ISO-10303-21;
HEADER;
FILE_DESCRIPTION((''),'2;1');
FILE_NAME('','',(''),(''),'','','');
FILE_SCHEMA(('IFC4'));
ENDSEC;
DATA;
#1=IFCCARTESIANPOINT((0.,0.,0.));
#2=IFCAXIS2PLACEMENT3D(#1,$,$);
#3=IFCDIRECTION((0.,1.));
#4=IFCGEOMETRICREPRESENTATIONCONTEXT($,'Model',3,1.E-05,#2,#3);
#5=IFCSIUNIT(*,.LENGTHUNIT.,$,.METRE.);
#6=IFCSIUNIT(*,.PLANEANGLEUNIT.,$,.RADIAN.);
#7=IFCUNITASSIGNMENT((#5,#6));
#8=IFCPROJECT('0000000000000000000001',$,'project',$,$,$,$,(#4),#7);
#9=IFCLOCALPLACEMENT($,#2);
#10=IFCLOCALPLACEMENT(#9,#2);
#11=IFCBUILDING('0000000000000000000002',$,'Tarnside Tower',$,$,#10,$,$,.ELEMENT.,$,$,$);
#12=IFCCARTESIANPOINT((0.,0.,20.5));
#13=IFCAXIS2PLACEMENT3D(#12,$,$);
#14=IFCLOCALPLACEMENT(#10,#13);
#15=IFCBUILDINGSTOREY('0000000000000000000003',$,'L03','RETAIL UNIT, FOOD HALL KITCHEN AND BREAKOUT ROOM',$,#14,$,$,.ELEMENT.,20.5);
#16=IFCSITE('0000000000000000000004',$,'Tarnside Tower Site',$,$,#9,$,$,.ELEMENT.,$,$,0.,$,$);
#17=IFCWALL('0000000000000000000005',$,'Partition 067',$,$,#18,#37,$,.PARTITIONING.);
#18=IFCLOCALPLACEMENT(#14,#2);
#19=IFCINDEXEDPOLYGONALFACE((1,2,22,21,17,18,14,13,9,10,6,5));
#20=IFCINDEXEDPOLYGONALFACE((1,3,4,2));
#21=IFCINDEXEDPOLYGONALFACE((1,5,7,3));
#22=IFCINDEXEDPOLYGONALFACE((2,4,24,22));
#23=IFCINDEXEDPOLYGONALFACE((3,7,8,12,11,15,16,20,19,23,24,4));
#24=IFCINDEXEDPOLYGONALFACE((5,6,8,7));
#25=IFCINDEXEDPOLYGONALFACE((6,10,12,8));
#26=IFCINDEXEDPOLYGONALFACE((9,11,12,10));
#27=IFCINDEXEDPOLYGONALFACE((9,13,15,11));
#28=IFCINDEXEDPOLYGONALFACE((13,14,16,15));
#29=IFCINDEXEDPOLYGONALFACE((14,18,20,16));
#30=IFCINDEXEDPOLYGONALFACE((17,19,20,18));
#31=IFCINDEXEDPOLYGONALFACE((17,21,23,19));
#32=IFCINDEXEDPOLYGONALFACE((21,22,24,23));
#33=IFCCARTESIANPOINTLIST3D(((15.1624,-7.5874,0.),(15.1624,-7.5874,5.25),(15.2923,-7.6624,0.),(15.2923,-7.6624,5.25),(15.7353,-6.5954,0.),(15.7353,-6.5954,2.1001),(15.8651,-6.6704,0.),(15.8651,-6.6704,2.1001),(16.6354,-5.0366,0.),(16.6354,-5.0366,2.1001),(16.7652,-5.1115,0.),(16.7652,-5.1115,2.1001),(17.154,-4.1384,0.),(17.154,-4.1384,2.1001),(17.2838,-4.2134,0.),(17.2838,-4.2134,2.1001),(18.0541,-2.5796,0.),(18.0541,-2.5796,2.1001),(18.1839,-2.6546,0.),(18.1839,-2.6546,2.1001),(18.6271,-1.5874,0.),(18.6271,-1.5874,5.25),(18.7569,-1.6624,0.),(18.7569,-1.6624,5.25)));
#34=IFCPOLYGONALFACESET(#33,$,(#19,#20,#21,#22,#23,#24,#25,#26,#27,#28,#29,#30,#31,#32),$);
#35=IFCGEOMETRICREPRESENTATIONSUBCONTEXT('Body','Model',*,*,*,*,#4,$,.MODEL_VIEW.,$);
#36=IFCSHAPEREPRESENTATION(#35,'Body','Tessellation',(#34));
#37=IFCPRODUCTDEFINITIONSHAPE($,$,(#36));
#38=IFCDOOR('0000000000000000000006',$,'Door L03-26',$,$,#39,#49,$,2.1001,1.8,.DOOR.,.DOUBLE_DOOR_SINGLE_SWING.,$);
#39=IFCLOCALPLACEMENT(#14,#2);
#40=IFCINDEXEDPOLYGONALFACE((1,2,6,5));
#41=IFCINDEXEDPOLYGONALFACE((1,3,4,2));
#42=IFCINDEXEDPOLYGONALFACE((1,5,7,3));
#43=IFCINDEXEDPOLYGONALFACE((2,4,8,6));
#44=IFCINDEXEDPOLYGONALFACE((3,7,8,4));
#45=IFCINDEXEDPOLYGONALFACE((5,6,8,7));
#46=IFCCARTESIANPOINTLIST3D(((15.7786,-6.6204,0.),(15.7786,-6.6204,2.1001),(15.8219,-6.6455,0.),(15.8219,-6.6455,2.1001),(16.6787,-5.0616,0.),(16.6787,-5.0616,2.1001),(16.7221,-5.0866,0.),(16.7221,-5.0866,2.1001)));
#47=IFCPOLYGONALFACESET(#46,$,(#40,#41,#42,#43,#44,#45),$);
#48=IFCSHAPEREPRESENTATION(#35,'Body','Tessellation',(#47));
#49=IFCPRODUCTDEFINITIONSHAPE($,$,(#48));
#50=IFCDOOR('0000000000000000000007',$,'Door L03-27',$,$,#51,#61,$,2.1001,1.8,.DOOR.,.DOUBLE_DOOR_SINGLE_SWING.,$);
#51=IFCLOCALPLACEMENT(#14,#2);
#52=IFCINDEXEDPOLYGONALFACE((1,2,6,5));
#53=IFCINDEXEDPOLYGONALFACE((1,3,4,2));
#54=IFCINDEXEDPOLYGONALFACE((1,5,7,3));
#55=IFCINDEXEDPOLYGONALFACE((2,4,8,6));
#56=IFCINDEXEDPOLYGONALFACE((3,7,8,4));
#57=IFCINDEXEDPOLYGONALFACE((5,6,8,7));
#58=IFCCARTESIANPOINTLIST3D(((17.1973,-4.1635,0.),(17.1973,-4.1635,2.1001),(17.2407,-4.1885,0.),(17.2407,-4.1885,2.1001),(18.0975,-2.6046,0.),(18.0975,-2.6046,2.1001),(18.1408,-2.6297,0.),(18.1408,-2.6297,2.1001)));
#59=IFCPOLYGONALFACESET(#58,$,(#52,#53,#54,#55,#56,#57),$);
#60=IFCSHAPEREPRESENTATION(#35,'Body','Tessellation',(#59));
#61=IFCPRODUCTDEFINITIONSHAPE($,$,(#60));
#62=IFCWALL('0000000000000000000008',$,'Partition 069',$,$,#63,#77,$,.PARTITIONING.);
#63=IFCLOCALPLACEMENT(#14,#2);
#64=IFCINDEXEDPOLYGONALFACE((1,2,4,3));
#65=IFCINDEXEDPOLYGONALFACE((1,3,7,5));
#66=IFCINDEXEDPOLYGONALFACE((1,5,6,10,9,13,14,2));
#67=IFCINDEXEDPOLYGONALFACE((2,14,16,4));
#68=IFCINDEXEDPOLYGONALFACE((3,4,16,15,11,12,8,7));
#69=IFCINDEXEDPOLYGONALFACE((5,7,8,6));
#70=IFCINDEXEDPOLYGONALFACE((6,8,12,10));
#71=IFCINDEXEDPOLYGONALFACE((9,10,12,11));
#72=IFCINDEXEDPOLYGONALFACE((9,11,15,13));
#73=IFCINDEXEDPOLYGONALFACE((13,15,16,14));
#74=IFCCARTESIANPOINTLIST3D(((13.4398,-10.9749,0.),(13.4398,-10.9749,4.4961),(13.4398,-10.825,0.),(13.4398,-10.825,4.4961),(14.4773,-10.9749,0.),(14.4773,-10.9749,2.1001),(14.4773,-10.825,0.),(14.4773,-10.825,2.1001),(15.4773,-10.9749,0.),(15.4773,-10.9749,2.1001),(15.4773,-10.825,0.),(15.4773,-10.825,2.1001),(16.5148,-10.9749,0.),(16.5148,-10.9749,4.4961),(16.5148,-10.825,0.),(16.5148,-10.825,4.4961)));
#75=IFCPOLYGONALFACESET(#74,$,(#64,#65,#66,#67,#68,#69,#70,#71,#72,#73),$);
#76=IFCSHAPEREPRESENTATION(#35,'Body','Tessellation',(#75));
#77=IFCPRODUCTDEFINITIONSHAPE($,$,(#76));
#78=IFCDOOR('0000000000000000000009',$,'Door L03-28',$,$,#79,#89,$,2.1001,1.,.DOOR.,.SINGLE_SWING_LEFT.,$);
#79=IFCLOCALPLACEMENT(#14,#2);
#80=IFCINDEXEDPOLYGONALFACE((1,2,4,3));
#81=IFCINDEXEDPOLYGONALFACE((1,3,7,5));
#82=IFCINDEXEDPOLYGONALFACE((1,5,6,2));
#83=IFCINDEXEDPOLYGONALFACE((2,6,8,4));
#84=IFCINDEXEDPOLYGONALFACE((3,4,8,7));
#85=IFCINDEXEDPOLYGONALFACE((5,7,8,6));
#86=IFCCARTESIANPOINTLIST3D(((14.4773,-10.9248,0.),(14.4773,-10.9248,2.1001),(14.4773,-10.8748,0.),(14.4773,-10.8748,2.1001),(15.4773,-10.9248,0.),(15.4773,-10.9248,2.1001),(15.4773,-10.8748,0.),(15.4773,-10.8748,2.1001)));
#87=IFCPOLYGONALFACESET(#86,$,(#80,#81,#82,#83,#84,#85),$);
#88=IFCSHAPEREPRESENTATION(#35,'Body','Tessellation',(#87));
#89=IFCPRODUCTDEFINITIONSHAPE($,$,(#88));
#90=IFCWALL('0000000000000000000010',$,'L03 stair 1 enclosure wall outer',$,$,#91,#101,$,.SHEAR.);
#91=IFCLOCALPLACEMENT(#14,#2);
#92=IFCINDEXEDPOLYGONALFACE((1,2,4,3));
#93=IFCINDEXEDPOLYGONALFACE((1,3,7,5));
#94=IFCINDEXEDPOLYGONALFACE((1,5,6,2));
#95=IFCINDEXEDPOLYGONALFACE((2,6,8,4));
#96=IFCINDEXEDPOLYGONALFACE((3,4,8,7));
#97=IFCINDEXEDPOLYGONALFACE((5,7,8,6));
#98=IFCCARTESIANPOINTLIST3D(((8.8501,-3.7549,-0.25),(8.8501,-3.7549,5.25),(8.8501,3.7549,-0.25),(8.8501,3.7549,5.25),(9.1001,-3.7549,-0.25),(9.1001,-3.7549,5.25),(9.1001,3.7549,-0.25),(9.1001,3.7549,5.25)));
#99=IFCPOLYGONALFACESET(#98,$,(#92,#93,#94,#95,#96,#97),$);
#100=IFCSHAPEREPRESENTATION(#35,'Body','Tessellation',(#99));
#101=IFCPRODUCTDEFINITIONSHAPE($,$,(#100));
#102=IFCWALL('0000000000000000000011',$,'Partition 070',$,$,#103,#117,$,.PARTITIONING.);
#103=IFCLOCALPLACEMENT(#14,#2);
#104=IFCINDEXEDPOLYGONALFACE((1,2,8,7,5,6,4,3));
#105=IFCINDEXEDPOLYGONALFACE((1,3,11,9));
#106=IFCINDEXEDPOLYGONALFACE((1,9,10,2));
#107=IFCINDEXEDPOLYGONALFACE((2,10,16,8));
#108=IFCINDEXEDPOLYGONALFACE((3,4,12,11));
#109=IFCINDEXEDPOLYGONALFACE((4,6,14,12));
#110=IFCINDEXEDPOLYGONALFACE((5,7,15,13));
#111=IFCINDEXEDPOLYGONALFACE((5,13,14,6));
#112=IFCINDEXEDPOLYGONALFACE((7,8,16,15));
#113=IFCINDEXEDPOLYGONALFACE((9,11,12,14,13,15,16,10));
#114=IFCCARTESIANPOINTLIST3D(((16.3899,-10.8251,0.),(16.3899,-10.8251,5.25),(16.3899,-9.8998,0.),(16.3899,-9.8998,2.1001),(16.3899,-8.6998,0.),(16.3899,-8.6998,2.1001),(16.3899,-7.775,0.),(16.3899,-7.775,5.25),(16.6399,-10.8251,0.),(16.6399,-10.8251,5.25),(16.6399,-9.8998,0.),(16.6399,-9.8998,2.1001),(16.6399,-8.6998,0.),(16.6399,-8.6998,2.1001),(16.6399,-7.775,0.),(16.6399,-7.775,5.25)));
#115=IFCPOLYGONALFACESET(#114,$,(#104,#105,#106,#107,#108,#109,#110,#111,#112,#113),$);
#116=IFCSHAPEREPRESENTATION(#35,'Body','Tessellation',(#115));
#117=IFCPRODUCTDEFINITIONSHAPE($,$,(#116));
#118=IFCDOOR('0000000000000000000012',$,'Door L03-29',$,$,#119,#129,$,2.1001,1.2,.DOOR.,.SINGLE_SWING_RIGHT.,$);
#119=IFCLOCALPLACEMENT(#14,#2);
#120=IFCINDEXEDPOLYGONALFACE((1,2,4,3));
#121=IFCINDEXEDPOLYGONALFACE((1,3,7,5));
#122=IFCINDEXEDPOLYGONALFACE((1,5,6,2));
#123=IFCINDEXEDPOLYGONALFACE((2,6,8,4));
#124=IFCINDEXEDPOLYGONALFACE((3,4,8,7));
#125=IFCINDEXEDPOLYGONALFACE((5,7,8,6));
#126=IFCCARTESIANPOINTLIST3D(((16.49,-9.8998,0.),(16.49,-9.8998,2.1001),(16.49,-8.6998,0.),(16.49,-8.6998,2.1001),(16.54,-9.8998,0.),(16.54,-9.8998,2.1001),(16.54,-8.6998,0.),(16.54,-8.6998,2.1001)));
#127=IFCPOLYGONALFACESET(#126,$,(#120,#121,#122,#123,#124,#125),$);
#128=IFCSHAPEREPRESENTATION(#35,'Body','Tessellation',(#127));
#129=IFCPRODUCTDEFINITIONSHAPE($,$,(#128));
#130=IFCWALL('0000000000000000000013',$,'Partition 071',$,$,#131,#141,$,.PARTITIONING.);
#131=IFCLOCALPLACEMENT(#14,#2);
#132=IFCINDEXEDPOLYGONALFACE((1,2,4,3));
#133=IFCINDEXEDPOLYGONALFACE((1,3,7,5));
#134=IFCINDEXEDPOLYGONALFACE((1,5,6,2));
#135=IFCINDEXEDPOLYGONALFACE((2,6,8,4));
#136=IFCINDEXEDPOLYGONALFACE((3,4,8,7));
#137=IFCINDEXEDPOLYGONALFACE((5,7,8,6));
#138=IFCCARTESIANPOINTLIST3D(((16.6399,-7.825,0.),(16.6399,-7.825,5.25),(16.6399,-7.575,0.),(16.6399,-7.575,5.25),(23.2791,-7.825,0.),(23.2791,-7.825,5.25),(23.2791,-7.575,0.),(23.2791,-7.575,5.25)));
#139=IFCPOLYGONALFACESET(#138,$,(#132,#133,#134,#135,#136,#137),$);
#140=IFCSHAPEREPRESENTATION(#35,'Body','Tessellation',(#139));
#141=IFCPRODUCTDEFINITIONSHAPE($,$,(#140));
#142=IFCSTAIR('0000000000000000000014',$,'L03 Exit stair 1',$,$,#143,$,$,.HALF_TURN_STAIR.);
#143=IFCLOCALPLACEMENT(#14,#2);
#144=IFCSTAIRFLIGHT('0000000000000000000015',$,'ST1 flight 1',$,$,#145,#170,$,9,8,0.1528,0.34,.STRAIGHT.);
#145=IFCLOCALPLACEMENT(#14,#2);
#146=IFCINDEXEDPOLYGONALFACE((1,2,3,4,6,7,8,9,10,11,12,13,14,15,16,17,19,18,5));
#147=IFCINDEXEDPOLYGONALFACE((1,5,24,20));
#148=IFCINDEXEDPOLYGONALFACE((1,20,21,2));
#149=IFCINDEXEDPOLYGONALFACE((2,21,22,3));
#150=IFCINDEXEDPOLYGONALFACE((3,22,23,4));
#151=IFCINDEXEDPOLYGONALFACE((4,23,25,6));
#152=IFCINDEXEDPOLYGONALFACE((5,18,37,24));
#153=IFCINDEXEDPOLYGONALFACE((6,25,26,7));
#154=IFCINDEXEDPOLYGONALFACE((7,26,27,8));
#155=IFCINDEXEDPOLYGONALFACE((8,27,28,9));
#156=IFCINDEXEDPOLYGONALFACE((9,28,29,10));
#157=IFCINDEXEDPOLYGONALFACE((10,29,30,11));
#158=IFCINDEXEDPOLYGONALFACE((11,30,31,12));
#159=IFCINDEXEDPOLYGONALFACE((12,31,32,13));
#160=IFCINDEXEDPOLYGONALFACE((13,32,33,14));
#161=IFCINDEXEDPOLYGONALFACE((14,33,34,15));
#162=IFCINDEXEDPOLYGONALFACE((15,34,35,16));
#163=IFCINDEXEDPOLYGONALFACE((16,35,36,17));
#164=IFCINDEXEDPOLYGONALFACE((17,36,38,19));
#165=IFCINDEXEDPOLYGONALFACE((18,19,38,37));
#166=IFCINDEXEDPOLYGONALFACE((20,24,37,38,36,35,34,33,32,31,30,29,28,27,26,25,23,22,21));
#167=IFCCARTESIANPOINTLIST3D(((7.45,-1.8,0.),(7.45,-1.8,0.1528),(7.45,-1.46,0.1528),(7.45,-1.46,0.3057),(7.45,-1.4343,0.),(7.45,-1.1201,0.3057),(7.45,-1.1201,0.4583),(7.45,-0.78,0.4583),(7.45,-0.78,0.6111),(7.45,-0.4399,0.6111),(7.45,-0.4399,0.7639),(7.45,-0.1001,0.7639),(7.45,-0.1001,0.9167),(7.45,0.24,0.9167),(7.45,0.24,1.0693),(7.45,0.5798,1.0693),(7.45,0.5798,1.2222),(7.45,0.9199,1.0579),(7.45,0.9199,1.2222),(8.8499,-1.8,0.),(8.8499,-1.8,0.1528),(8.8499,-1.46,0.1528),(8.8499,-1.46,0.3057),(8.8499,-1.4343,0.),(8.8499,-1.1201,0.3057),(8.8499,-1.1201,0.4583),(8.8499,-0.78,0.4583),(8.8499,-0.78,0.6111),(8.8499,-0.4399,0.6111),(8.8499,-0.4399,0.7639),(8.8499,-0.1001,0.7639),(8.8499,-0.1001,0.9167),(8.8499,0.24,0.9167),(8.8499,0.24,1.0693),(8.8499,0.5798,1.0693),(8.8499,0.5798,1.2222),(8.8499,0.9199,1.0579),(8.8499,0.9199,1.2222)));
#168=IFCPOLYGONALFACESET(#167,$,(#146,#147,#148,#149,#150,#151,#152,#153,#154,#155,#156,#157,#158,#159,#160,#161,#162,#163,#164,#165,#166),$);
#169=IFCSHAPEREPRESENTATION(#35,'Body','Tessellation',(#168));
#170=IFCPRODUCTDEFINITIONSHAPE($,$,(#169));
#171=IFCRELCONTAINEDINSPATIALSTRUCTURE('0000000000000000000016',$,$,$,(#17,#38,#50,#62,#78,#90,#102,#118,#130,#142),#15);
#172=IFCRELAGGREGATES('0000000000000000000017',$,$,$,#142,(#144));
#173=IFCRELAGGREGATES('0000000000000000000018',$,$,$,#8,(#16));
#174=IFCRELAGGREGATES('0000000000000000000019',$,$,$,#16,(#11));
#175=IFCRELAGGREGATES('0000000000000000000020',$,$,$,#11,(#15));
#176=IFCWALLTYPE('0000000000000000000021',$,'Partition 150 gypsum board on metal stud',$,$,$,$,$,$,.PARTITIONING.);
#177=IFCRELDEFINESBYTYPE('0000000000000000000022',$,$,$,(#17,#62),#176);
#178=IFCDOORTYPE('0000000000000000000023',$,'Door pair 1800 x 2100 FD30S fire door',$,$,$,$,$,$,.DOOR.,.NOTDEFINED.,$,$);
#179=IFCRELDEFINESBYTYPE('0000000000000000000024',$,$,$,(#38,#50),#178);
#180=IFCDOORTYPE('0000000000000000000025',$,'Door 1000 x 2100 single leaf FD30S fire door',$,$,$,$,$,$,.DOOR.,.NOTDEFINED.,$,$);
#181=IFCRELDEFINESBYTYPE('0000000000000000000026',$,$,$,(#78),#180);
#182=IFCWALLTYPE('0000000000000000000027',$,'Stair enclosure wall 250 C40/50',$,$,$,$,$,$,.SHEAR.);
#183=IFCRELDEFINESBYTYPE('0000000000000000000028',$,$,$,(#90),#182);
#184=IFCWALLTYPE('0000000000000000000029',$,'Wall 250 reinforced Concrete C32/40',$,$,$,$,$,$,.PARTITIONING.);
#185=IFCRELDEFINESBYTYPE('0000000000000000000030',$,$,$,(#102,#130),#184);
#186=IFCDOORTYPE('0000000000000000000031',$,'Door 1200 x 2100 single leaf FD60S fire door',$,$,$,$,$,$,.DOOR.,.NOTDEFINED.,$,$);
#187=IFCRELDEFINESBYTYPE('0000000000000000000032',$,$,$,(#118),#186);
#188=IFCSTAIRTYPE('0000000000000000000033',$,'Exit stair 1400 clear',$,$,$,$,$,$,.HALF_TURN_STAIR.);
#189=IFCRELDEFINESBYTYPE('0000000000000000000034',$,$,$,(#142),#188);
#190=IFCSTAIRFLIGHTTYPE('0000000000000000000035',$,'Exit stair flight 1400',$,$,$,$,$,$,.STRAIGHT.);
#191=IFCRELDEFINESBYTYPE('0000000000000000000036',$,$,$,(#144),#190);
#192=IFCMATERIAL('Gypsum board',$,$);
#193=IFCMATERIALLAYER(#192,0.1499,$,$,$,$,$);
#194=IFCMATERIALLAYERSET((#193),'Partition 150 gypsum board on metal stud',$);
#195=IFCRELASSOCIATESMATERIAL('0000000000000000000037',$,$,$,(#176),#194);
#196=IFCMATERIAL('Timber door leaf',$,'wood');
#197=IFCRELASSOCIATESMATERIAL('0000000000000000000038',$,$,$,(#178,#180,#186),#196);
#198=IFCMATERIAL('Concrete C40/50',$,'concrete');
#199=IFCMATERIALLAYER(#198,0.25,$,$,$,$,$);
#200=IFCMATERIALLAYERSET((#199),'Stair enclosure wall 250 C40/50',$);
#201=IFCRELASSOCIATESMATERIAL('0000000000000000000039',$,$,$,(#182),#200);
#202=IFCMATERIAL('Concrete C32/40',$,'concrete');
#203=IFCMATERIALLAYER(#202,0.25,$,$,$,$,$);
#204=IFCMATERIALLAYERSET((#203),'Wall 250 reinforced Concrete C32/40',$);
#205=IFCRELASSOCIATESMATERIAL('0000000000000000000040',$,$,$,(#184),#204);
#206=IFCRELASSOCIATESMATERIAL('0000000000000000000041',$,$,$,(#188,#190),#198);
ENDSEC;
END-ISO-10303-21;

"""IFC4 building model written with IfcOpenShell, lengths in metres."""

from ifc_helpers import new_model, si_unit, direction, frame, frame_2d, origin, place, context, subcontext, project, spatial, polyline, rectangle, outline, extrude, material, layer, layer_set, type_object, element, fill, aggregate, save


model = new_model("IFC4")

# Units and contexts
model_context = context("Model", 3, precision=1e-05, world=origin(), true_north=direction((0.0, 1.0)))
body_context = subcontext(model_context, "Body", "Model", "MODEL_VIEW")
ifc_project = project(units=[si_unit("LENGTHUNIT", "METRE"), si_unit("PLANEANGLEUNIT", "RADIAN")], contexts=[model_context])

# Site, building, storey
site_placement = place(None, origin())
site = spatial("IfcSite", under=ifc_project, at=site_placement, Name="Tarnside Tower Site", CompositionType="ELEMENT", RefElevation=0.0)
building_placement = place(site_placement, origin())
building = spatial("IfcBuilding", under=site, at=building_placement, Name="Tarnside Tower", CompositionType="ELEMENT")
storey_placement = place(building_placement, frame((0.0, 0.0, 20.5)))
storey = spatial("IfcBuildingStorey", under=building, at=storey_placement, Name="L03", Description="RETAIL UNIT, FOOD HALL KITCHEN AND BREAKOUT ROOM", CompositionType="ELEMENT", Elevation=20.5)

# Shared definitions
ifc_material_1 = material(Name="Gypsum board")
ifc_layer_1 = layer(ifc_material_1, 0.1499)
ifc_layer_set_1 = layer_set([ifc_layer_1], Name="Partition 150 gypsum board on metal stud")
wall_type_1 = type_object("IfcWallType", Name="Partition 150 gypsum board on metal stud", PredefinedType="PARTITIONING", material=ifc_layer_set_1)

# Shared definitions
ifc_material_2 = material(Name="Timber door leaf", Category="wood")
door_type_1 = type_object("IfcDoorType", Name="Door pair 1800 x 2100 FD30S fire door", OperationType="NOTDEFINED", PredefinedType="DOOR", material=ifc_material_2)

# Wall, openings, doors
wall_1_placement = place(storey_placement, frame((15.2273, -7.625, 0.0), z_axis=(0.0, 0.0, 1.0), x_axis=(0.500054, 0.865994, 0.0)))
wall_1 = element("IfcWall", 1, at=wall_1_placement, inside=storey, type_object=wall_type_1, Name="Partition 067", PredefinedType="PARTITIONING", context=body_context, shape_type="SweptSolid", body=[
    extrude(rectangle(XDim=6.9285, YDim=0.1499, at=frame_2d((3.4644, 0.0))), origin(), (0.0, 0.0, 1.0), 5.25),
])
opening_1_placement = place(wall_1_placement, frame((1.1458, 0.0, 0.0)))
opening_1 = element("IfcOpeningElement", 2, at=opening_1_placement, cuts=wall_1, PredefinedType="OPENING", context=body_context, shape_type="SweptSolid", body=[
    extrude(rectangle(XDim=1.8, YDim=2.1001, at=frame_2d((0.8999, 1.05))), frame((0.0, 0.085, 0.0), z_axis=(0.0, -1.0, 0.0), x_axis=(1.0, 0.0, 0.0)), (0.0, 0.0, 1.0), 0.1699),
])
opening_2_placement = place(wall_1_placement, frame((3.9829, 0.0, 0.0)))
opening_2 = element("IfcOpeningElement", 3, at=opening_2_placement, cuts=wall_1, PredefinedType="OPENING", context=body_context, shape_type="SweptSolid", body=[
    extrude(rectangle(XDim=1.8, YDim=2.1001, at=frame_2d((0.8999, 1.05))), frame((0.0, 0.085, 0.0), z_axis=(0.0, -1.0, 0.0), x_axis=(1.0, 0.0, 0.0)), (0.0, 0.0, 1.0), 0.1699),
])
door_1_placement = place(opening_1_placement, origin())
door_1 = element("IfcDoor", 4, at=door_1_placement, inside=storey, type_object=door_type_1, Name="Door L03-26", OperationType="DOUBLE_DOOR_SINGLE_SWING", OverallHeight=2.1001, OverallWidth=1.8, PredefinedType="DOOR", context=body_context, shape_type="SweptSolid", body=[
    extrude(rectangle(XDim=1.8, YDim=2.1001, at=frame_2d((0.8999, 1.05))), frame((0.0, 0.0249, 0.0), z_axis=(0.0, -1.0, 0.0), x_axis=(1.0, 0.0, 0.0)), (0.0, 0.0, 1.0), 0.05),
])
fill(opening_1, door_1)
door_2_placement = place(opening_2_placement, origin())
door_2 = element("IfcDoor", 5, at=door_2_placement, inside=storey, type_object=door_type_1, Name="Door L03-27", OperationType="DOUBLE_DOOR_SINGLE_SWING", OverallHeight=2.1001, OverallWidth=1.8, PredefinedType="DOOR", context=body_context, shape_type="SweptSolid", body=[
    extrude(rectangle(XDim=1.8, YDim=2.1001, at=frame_2d((0.8999, 1.05))), frame((0.0, 0.0249, 0.0), z_axis=(0.0, -1.0, 0.0), x_axis=(1.0, 0.0, 0.0)), (0.0, 0.0, 1.0), 0.05),
])
fill(opening_2, door_2)

# Wall, opening, door
wall_2_placement = place(storey_placement, frame((16.5149, -10.8999, 0.0), z_axis=(0.0, 0.0, 1.0), x_axis=(-1.0, 0.0, 0.0)))
wall_2 = element("IfcWall", 6, at=wall_2_placement, inside=storey, type_object=wall_type_1, Name="Partition 069", PredefinedType="PARTITIONING", context=body_context, shape_type="SweptSolid", body=[
    extrude(rectangle(XDim=3.075, YDim=0.1499, at=frame_2d((1.5376, 0.0))), origin(), (0.0, 0.0, 1.0), 4.4961),
])
opening_3_placement = place(wall_2_placement, frame((1.0376, 0.0, 0.0)))
opening_3 = element("IfcOpeningElement", 7, at=opening_3_placement, cuts=wall_2, PredefinedType="OPENING", context=body_context, shape_type="SweptSolid", body=[
    extrude(rectangle(XDim=1.0, YDim=2.1001, at=frame_2d((0.5, 1.05))), frame((0.0, 0.085, 0.0), z_axis=(0.0, -1.0, 0.0), x_axis=(1.0, 0.0, 0.0)), (0.0, 0.0, 1.0), 0.1699),
])
door_type_2 = type_object("IfcDoorType", Name="Door 1000 x 2100 single leaf FD30S fire door", OperationType="NOTDEFINED", PredefinedType="DOOR", material=ifc_material_2)
door_3_placement = place(opening_3_placement, origin())
door_3 = element("IfcDoor", 8, at=door_3_placement, inside=storey, type_object=door_type_2, Name="Door L03-28", OperationType="SINGLE_SWING_LEFT", OverallHeight=2.1001, OverallWidth=1.0, PredefinedType="DOOR", context=body_context, shape_type="SweptSolid", body=[
    extrude(rectangle(XDim=1.0, YDim=2.1001, at=frame_2d((0.5, 1.05))), frame((0.0, 0.0249, 0.0), z_axis=(0.0, -1.0, 0.0), x_axis=(1.0, 0.0, 0.0)), (0.0, 0.0, 1.0), 0.05),
])
fill(opening_3, door_3)

# Wall
ifc_material_3 = material(Name="Concrete C40/50", Category="concrete")
ifc_layer_2 = layer(ifc_material_3, 0.25)
ifc_layer_set_2 = layer_set([ifc_layer_2], Name="Stair enclosure wall 250 C40/50")
wall_type_2 = type_object("IfcWallType", Name="Stair enclosure wall 250 C40/50", PredefinedType="SHEAR", material=ifc_layer_set_2)
wall_3_placement = place(storey_placement, frame((8.9751, -3.7549, -0.25), z_axis=(0.0, 0.0, 1.0), x_axis=(0.0, 1.0, 0.0)))
element("IfcWall", 9, at=wall_3_placement, inside=storey, type_object=wall_type_2, Name="L03 stair 1 enclosure wall outer", PredefinedType="SHEAR", context=body_context, shape_type="SweptSolid", body=[
    extrude(rectangle(XDim=7.5098, YDim=0.25, at=frame_2d((3.7549, 0.0))), origin(), (0.0, 0.0, 1.0), 5.5),
])

# Wall, opening, door
ifc_material_4 = material(Name="Concrete C32/40", Category="concrete")
ifc_layer_3 = layer(ifc_material_4, 0.25)
ifc_layer_set_3 = layer_set([ifc_layer_3], Name="Wall 250 reinforced Concrete C32/40")
wall_type_3 = type_object("IfcWallType", Name="Wall 250 reinforced Concrete C32/40", PredefinedType="PARTITIONING", material=ifc_layer_set_3)
wall_4_placement = place(storey_placement, frame((16.5149, -10.825, 0.0), z_axis=(0.0, 0.0, 1.0), x_axis=(0.0, 1.0, 0.0)))
wall_4 = element("IfcWall", 10, at=wall_4_placement, inside=storey, type_object=wall_type_3, Name="Partition 070", PredefinedType="PARTITIONING", context=body_context, shape_type="SweptSolid", body=[
    extrude(rectangle(XDim=3.05, YDim=0.25, at=frame_2d((1.5249, 0.0))), origin(), (0.0, 0.0, 1.0), 5.25),
])
opening_4_placement = place(wall_4_placement, frame((0.925, 0.0, 0.0)))
opening_4 = element("IfcOpeningElement", 11, at=opening_4_placement, cuts=wall_4, PredefinedType="OPENING", context=body_context, shape_type="SweptSolid", body=[
    extrude(rectangle(XDim=1.2, YDim=2.1001, at=frame_2d((0.6001, 1.05))), frame((0.0, 0.135, 0.0), z_axis=(0.0, -1.0, 0.0), x_axis=(1.0, 0.0, 0.0)), (0.0, 0.0, 1.0), 0.27),
])
door_type_3 = type_object("IfcDoorType", Name="Door 1200 x 2100 single leaf FD60S fire door", OperationType="NOTDEFINED", PredefinedType="DOOR", material=ifc_material_2)
door_4_placement = place(opening_4_placement, origin())
door_4 = element("IfcDoor", 12, at=door_4_placement, inside=storey, type_object=door_type_3, Name="Door L03-29", OperationType="SINGLE_SWING_RIGHT", OverallHeight=2.1001, OverallWidth=1.2, PredefinedType="DOOR", context=body_context, shape_type="SweptSolid", body=[
    extrude(rectangle(XDim=1.2, YDim=2.1001, at=frame_2d((0.6001, 1.05))), frame((0.0, 0.0249, 0.0), z_axis=(0.0, -1.0, 0.0), x_axis=(1.0, 0.0, 0.0)), (0.0, 0.0, 1.0), 0.05),
])
fill(opening_4, door_4)

# Wall
wall_5_placement = place(storey_placement, frame((16.6399, -7.7, 0.0), z_axis=(0.0, 0.0, 1.0), x_axis=(1.0, 0.0, 0.0)))
element("IfcWall", 13, at=wall_5_placement, inside=storey, type_object=wall_type_3, Name="Partition 071", PredefinedType="PARTITIONING", context=body_context, shape_type="SweptSolid", body=[
    extrude(rectangle(XDim=6.6392, YDim=0.25, at=frame_2d((3.3196, 0.0))), origin(), (0.0, 0.0, 1.0), 5.25),
])

# Stair, stair flight
stair_type = type_object("IfcStairType", Name="Exit stair 1400 clear", PredefinedType="HALF_TURN_STAIR", material=ifc_material_3)
stair_placement = place(storey_placement, origin())
stair = element("IfcStair", 14, at=stair_placement, inside=storey, type_object=stair_type, Name="L03 Exit stair 1", PredefinedType="HALF_TURN_STAIR")
stair_flight_type = type_object("IfcStairFlightType", Name="Exit stair flight 1400", PredefinedType="STRAIGHT", material=ifc_material_3)
stair_flight_1_placement = place(storey_placement, frame((8.1499, -1.8, 0.0), z_axis=(0.0, 0.0, 1.0), x_axis=(0.0, 1.0, 0.0)))
stair_flight_1 = element("IfcStairFlight", 15, at=stair_flight_1_placement, type_object=stair_flight_type, Name="ST1 flight 1", NumberOfRisers=9, NumberOfTreads=8, PredefinedType="STRAIGHT", RiserHeight=0.1528, TreadLength=0.34, context=body_context, shape_type="SweptSolid", body=[
    extrude(outline(polyline([(0.0, 0.0), (0.0, 0.1528), (0.3401, 0.1528), (0.3401, 0.3057), (0.6799, 0.3057), (0.6799, 0.4583), (1.02, 0.4583), (1.02, 0.6111), (1.3601, 0.6111), (1.3601, 0.7639), (1.7, 0.7639), (1.7, 0.9167), (2.04, 0.9167), (2.04, 1.0693), (2.3799, 1.0693), (2.3799, 1.2222), (2.72, 1.2222), (2.72, 1.375), (2.72, 1.0579), (0.3657, 0.0), (0.0, 0.0)])), frame((0.0, 0.7, 0.0), z_axis=(0.0, -1.0, 0.0), x_axis=(1.0, 0.0, 0.0)), (0.0, 0.0, 1.0), 1.3999),
])
aggregate(stair, [stair_flight_1])

save(model, "model.ifc")
